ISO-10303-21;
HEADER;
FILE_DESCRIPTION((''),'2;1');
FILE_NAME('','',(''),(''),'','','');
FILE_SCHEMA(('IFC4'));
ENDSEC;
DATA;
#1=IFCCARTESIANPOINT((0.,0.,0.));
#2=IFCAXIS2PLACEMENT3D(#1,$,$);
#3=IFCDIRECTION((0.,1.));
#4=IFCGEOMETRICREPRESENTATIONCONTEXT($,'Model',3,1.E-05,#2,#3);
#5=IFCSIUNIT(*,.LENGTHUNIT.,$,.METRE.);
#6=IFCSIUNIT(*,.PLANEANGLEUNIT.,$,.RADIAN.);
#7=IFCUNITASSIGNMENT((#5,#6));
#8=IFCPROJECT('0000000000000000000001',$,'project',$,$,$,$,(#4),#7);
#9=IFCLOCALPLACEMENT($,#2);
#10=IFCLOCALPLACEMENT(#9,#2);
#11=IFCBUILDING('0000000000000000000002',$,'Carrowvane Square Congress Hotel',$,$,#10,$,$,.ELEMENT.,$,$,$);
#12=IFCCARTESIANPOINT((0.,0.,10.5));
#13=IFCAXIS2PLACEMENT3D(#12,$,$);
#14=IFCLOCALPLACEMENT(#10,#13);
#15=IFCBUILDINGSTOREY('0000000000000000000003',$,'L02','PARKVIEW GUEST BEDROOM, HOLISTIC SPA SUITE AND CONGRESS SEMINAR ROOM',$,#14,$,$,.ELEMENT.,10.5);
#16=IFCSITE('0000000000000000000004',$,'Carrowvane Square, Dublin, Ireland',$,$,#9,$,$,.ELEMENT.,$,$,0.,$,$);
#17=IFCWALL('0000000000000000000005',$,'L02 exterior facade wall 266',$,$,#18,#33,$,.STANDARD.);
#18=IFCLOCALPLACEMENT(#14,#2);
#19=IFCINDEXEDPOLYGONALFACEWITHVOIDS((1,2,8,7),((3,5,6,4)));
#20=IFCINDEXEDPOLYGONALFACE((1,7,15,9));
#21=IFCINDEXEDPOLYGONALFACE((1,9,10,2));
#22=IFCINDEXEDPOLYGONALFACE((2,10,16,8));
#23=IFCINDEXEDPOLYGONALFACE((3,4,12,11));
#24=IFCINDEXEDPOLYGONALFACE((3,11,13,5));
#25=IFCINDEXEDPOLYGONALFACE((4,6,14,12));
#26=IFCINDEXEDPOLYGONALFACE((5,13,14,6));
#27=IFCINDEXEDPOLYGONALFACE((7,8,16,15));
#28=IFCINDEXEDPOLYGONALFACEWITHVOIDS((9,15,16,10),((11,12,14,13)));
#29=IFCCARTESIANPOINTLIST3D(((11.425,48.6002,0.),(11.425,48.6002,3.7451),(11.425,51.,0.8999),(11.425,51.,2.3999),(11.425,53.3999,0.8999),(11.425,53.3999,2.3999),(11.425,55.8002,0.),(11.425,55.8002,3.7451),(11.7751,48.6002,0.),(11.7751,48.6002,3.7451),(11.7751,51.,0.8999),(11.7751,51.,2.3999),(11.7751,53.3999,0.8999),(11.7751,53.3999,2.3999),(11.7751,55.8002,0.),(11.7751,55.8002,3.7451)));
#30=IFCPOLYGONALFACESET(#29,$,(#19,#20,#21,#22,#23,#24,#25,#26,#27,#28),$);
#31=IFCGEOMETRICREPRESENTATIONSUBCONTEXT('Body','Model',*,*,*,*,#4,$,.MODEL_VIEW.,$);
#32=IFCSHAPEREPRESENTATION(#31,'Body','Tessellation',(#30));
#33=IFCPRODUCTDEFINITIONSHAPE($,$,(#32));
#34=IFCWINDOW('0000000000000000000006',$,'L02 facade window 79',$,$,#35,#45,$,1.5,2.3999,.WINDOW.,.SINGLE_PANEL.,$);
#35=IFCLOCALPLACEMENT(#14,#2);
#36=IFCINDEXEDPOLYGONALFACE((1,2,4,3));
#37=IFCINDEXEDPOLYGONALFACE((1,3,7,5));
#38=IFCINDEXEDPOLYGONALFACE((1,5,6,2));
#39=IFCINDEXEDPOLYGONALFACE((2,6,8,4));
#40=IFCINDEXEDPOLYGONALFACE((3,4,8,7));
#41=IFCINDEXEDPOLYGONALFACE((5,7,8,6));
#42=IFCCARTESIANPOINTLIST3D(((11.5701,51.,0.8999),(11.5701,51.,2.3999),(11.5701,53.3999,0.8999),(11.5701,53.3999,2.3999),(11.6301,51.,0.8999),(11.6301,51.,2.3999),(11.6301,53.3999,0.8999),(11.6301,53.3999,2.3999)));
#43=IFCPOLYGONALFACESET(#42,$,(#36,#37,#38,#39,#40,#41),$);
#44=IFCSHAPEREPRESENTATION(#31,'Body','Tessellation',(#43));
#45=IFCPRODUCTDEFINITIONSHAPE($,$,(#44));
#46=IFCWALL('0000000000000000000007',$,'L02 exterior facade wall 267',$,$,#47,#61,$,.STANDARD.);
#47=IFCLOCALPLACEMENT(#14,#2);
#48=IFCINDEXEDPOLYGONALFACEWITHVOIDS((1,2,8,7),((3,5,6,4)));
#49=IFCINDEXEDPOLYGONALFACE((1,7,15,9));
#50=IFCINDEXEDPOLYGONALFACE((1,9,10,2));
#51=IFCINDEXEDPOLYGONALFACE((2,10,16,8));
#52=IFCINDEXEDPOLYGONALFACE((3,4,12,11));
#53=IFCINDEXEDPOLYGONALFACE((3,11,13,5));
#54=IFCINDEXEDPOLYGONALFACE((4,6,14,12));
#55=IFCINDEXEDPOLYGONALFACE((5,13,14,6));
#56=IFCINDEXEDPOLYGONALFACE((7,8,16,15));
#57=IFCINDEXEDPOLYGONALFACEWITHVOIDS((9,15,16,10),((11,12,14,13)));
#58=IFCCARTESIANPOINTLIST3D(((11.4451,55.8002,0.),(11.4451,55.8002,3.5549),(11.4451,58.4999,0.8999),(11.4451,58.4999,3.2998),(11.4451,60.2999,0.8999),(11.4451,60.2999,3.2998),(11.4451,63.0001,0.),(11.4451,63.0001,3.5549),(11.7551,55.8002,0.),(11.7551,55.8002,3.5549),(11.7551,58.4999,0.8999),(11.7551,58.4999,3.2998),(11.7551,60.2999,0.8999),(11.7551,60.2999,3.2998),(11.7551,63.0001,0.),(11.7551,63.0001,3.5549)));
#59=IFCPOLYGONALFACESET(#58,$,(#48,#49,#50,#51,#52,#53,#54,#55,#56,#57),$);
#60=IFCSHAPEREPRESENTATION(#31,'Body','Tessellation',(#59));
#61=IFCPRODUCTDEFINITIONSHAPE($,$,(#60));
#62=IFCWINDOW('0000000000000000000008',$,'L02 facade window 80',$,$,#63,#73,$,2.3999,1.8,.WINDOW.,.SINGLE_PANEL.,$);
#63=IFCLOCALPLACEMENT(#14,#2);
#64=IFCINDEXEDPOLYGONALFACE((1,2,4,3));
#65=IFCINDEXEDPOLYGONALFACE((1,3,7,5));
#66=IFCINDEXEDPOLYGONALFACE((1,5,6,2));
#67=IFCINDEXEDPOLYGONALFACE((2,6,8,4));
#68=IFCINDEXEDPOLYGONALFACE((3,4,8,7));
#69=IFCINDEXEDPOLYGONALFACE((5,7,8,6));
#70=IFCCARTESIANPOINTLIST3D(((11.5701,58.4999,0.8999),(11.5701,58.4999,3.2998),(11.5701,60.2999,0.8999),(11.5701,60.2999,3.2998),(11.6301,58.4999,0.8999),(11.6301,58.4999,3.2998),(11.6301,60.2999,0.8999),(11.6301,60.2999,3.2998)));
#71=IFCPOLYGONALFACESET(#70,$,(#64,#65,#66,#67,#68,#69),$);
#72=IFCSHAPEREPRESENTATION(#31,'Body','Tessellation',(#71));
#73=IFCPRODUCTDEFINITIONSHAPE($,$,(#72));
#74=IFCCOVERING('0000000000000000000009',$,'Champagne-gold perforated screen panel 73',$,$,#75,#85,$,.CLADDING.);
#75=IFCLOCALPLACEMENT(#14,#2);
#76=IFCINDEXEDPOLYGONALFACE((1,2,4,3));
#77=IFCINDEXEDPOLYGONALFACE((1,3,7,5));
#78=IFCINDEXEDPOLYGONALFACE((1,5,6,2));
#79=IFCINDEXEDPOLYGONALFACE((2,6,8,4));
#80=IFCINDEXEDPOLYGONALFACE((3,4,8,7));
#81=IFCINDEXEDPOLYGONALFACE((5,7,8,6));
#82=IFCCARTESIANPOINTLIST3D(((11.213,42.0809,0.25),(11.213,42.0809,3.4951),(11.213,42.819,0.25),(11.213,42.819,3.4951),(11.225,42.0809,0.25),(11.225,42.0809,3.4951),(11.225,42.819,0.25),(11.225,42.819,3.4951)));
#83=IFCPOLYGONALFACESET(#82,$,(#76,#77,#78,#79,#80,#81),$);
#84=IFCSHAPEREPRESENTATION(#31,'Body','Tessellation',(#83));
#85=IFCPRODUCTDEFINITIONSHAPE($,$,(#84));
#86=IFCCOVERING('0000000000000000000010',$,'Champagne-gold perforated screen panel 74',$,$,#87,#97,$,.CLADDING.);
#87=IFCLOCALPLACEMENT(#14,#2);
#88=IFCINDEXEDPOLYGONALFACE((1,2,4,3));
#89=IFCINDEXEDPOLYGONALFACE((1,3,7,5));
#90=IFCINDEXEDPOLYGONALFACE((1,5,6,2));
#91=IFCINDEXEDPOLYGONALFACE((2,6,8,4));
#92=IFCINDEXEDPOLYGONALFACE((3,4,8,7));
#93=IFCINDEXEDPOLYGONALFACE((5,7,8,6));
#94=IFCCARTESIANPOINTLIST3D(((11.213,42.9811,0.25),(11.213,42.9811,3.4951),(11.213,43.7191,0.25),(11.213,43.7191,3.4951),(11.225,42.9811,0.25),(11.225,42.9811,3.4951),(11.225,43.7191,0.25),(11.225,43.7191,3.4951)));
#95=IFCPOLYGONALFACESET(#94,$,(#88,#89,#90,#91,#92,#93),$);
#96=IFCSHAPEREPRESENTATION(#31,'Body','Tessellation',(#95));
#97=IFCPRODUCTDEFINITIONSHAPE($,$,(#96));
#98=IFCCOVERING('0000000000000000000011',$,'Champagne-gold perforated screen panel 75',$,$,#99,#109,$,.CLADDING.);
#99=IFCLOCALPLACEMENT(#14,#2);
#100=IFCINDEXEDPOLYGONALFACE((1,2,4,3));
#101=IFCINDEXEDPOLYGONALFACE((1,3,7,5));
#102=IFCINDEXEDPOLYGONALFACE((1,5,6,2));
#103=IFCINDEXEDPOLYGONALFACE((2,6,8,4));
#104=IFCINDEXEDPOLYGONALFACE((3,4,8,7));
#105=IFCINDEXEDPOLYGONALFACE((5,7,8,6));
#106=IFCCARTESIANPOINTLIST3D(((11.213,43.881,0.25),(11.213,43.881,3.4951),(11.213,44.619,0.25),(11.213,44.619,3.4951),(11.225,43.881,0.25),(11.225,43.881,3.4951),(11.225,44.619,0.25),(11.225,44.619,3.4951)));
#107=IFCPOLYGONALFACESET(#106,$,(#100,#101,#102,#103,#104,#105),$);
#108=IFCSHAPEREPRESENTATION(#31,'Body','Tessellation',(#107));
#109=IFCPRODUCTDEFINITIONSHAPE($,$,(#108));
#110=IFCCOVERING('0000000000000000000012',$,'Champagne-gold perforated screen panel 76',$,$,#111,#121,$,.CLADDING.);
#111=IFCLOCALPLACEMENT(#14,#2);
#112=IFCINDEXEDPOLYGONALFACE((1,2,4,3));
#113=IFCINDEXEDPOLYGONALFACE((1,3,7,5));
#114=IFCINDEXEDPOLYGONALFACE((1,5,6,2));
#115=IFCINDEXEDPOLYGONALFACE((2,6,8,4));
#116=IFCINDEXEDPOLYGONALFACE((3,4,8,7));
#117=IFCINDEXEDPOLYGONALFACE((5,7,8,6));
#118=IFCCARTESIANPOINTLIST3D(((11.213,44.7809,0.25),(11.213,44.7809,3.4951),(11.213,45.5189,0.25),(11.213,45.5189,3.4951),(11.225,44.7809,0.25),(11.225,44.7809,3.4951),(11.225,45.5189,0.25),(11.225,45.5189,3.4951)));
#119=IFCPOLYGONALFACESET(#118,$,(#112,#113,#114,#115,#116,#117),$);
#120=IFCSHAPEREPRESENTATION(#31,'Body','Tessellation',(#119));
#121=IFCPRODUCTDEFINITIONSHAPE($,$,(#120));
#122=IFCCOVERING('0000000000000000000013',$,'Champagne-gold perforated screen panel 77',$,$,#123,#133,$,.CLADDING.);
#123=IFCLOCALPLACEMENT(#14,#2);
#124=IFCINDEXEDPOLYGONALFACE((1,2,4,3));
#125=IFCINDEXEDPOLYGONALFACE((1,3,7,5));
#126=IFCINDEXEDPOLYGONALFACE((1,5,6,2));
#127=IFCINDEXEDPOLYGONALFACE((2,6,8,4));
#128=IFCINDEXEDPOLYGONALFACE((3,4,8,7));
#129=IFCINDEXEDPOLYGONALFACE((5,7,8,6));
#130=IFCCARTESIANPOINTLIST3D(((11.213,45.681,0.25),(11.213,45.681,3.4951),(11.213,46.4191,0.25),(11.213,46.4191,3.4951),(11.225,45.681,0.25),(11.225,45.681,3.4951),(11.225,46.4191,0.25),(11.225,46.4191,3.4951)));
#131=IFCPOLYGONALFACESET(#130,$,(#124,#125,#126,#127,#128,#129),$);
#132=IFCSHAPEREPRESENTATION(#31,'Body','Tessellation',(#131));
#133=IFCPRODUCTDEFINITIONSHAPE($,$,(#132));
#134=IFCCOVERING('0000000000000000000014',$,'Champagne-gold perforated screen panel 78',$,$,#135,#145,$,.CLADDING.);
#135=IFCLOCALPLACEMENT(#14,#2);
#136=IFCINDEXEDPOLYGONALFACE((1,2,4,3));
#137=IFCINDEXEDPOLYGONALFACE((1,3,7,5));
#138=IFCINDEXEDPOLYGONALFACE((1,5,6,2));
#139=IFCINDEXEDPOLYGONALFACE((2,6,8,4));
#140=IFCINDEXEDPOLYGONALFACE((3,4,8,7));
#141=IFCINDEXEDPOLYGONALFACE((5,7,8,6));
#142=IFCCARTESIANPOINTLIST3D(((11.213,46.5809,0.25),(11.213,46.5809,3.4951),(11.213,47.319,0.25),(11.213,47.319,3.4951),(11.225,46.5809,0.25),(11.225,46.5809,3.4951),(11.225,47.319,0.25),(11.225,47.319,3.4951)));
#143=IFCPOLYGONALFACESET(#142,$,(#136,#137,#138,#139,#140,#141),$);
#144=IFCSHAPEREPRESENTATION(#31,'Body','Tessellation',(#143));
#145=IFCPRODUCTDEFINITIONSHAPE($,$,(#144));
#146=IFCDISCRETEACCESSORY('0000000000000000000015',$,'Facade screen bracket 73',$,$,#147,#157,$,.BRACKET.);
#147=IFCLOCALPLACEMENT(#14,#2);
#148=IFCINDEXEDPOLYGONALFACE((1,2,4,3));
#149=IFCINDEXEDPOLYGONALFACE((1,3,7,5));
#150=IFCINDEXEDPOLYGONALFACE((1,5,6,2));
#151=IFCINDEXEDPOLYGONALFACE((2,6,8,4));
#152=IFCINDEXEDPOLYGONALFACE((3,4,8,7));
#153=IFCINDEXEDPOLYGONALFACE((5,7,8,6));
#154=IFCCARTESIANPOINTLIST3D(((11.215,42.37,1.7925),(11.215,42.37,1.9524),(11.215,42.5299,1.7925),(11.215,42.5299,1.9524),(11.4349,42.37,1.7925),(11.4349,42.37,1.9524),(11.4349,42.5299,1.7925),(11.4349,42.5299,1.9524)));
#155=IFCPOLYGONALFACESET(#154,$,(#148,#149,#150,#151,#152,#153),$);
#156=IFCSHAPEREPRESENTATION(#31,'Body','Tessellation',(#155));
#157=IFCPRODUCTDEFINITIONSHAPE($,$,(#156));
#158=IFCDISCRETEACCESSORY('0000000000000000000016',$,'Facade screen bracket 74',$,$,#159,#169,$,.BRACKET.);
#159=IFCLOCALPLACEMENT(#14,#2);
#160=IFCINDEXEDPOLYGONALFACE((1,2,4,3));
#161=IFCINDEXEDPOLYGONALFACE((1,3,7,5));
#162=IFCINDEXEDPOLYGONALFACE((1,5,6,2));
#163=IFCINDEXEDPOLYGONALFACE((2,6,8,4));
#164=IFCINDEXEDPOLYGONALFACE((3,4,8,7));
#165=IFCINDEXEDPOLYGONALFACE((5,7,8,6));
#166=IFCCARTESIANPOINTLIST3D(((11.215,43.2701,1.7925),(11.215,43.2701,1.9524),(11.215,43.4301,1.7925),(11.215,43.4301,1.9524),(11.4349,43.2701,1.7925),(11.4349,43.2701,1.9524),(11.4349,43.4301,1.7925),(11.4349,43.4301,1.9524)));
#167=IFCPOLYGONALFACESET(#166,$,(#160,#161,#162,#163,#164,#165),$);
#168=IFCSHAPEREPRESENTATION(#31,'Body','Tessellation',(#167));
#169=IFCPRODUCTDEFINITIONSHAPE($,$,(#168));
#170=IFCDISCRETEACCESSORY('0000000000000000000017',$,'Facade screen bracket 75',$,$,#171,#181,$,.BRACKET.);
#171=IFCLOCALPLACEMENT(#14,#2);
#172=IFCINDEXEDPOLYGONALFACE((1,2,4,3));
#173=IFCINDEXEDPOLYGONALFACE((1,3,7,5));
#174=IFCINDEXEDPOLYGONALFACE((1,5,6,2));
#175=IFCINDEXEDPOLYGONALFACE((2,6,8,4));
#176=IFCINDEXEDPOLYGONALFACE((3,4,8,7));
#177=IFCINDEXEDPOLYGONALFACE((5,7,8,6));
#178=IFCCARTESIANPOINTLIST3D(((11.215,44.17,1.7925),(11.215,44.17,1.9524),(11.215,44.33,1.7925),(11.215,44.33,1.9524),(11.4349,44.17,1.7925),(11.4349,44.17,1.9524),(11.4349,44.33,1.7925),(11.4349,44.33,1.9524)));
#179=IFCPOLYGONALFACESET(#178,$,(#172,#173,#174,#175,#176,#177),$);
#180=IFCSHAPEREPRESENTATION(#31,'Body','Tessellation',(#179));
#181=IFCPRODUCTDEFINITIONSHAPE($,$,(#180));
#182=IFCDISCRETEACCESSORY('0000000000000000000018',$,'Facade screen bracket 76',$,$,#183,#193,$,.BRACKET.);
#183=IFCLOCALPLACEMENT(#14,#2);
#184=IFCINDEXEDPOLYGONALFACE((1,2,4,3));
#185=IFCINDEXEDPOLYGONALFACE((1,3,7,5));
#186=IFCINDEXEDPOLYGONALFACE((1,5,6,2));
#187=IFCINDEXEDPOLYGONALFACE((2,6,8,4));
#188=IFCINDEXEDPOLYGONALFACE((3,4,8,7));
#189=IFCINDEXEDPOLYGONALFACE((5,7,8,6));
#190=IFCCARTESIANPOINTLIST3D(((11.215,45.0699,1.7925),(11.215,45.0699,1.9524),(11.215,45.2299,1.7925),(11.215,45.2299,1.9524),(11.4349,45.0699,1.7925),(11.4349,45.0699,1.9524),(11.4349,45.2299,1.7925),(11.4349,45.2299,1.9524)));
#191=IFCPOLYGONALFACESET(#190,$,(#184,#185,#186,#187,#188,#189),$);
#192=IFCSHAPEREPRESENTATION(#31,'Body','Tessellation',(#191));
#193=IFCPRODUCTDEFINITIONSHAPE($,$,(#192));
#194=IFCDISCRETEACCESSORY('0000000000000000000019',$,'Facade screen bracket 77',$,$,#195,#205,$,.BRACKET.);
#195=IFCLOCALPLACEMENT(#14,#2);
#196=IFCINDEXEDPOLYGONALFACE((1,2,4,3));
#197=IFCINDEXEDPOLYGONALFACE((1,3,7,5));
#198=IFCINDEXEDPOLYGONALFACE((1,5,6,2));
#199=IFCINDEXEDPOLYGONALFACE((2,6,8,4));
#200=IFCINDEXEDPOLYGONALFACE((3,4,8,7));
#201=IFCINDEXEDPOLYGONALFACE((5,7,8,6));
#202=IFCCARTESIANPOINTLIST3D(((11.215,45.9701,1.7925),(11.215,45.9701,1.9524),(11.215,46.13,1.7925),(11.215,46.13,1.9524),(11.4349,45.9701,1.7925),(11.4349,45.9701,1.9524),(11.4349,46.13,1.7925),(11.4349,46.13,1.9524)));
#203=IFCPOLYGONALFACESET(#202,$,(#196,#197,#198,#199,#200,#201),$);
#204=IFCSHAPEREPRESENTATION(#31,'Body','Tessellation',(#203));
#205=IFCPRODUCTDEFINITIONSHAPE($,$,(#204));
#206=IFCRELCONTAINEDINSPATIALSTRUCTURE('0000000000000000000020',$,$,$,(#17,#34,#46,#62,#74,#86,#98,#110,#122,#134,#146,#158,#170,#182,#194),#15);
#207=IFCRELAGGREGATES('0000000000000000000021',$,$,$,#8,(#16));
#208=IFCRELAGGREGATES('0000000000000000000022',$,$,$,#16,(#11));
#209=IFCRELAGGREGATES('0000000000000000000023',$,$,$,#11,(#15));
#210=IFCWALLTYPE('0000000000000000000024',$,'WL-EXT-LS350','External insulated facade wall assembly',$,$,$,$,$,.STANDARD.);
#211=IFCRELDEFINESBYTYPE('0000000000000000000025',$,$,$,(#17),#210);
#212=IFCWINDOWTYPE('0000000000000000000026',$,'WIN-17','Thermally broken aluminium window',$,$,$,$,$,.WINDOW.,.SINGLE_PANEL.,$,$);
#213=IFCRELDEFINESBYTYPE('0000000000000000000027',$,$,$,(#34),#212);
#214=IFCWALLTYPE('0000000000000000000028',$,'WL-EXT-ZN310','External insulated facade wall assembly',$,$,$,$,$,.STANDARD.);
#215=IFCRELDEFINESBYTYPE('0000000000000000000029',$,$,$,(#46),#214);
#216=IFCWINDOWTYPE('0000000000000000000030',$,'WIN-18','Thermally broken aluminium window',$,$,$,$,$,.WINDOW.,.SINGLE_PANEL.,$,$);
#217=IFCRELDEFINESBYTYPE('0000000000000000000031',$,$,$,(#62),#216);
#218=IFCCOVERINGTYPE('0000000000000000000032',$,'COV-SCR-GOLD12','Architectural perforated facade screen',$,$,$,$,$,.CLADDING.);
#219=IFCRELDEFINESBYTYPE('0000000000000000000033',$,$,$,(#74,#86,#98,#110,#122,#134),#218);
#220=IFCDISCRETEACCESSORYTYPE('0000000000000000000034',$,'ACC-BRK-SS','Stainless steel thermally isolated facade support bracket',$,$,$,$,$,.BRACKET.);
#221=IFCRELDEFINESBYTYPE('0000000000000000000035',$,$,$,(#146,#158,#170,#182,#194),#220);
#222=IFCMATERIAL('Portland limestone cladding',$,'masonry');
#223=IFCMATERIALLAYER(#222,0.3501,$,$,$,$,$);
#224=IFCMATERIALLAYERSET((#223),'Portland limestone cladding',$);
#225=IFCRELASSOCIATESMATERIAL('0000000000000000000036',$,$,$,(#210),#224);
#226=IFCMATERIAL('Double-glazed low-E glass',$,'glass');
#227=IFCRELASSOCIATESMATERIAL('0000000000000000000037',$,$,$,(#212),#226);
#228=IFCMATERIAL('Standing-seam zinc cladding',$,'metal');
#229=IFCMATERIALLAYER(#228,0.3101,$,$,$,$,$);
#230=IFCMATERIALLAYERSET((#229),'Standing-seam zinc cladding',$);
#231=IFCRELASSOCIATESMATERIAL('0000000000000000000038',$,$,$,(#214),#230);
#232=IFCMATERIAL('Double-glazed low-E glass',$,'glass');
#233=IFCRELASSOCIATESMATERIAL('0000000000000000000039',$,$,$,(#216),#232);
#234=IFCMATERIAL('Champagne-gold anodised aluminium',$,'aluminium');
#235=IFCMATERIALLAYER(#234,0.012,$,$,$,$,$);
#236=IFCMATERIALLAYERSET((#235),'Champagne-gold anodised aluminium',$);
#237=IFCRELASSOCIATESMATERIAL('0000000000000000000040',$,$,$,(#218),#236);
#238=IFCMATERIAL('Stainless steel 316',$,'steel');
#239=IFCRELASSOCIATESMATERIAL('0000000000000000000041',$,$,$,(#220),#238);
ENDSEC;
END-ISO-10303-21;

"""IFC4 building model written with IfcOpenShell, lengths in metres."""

from ifc_helpers import new_model, si_unit, direction, frame, frame_2d, origin, origin_2d, place, context, subcontext, project, spatial, rectangle, extrude, material, layer, layer_set, type_object, element, fill, save


model = new_model("IFC4")

# Units and contexts
model_context = context("Model", 3, precision=1e-05, world=origin(), true_north=direction((0.0, 1.0)))
body_context = subcontext(model_context, "Body", "Model", "MODEL_VIEW")
ifc_project = project(units=[si_unit("LENGTHUNIT", "METRE"), si_unit("PLANEANGLEUNIT", "RADIAN")], contexts=[model_context])

# Site, building, storey
site_placement = place(None, origin())
site = spatial("IfcSite", under=ifc_project, at=site_placement, Name="Carrowvane Square, Dublin, Ireland", CompositionType="ELEMENT", RefElevation=0.0)
building_placement = place(site_placement, origin())
building = spatial("IfcBuilding", under=site, at=building_placement, Name="Carrowvane Square Congress Hotel", CompositionType="ELEMENT")
storey_placement = place(building_placement, frame((0.0, 0.0, 10.5)))
storey = spatial("IfcBuildingStorey", under=building, at=storey_placement, Name="L02", Description="PARKVIEW GUEST BEDROOM, HOLISTIC SPA SUITE AND CONGRESS SEMINAR ROOM", CompositionType="ELEMENT", Elevation=10.5)

# Walls, openings, windows
ifc_material_1 = material(Name="Portland limestone cladding", Category="masonry")
ifc_layer_1 = layer(ifc_material_1, 0.3501)
ifc_layer_set_1 = layer_set([ifc_layer_1], Name="Portland limestone cladding")
wall_type_1 = type_object("IfcWallType", Name="WL-EXT-LS350", Description="External insulated facade wall assembly", PredefinedType="STANDARD", material=ifc_layer_set_1)
wall_1_placement = place(storey_placement, frame((11.6001, 48.6001, 0.0), z_axis=(0.0, 0.0, 1.0), x_axis=(0.0, 1.0, 0.0)))
wall_1 = element("IfcWall", 1, at=wall_1_placement, inside=storey, type_object=wall_type_1, Name="L02 exterior facade wall 266", PredefinedType="STANDARD", context=body_context, shape_type="SweptSolid", body=[
    extrude(rectangle(XDim=7.2, YDim=0.3501, at=frame_2d((3.6001, 0.0))), origin(), (0.0, 0.0, 1.0), 3.7451),
])
opening_1_placement = place(wall_1_placement, frame((2.3999, 0.0, 0.8999)))
opening_1 = element("IfcOpeningElement", 2, at=opening_1_placement, cuts=wall_1, PredefinedType="OPENING", context=body_context, shape_type="SweptSolid", body=[
    extrude(rectangle(XDim=2.3999, YDim=1.5, at=frame_2d((1.2, 0.75))), frame((0.0, 0.1851, 0.0), z_axis=(0.0, -1.0, 0.0), x_axis=(1.0, 0.0, 0.0)), (0.0, 0.0, 1.0), 0.3701),
])
ifc_material_2 = material(Name="Double-glazed low-E glass", Category="glass")
window_type_1 = type_object("IfcWindowType", Name="WIN-17", Description="Thermally broken aluminium window", PartitioningType="SINGLE_PANEL", PredefinedType="WINDOW", material=ifc_material_2)
window_1_placement = place(opening_1_placement, origin())
window_1 = element("IfcWindow", 3, at=window_1_placement, inside=storey, type_object=window_type_1, Name="L02 facade window 79", OverallHeight=1.5, OverallWidth=2.3999, PartitioningType="SINGLE_PANEL", PredefinedType="WINDOW", context=body_context, shape_type="SweptSolid", body=[
    extrude(rectangle(XDim=2.3999, YDim=1.5, at=frame_2d((1.2, 0.75))), frame((0.0, 0.03, 0.0), z_axis=(0.0, -1.0, 0.0), x_axis=(1.0, 0.0, 0.0)), (0.0, 0.0, 1.0), 0.0601),
])
fill(opening_1, window_1)
ifc_material_3 = material(Name="Standing-seam zinc cladding", Category="metal")
ifc_layer_2 = layer(ifc_material_3, 0.3101)
ifc_layer_set_2 = layer_set([ifc_layer_2], Name="Standing-seam zinc cladding")
wall_type_2 = type_object("IfcWallType", Name="WL-EXT-ZN310", Description="External insulated facade wall assembly", PredefinedType="STANDARD", material=ifc_layer_set_2)
wall_2_placement = place(storey_placement, frame((11.6001, 55.8, 0.0), z_axis=(0.0, 0.0, 1.0), x_axis=(0.0, 1.0, 0.0)))
wall_2 = element("IfcWall", 4, at=wall_2_placement, inside=storey, type_object=wall_type_2, Name="L02 exterior facade wall 267", PredefinedType="STANDARD", context=body_context, shape_type="SweptSolid", body=[
    extrude(rectangle(XDim=7.2, YDim=0.3101, at=frame_2d((3.6001, 0.0))), origin(), (0.0, 0.0, 1.0), 3.5549),
])
opening_2_placement = place(wall_2_placement, frame((2.7, 0.0, 0.8999)))
opening_2 = element("IfcOpeningElement", 5, at=opening_2_placement, cuts=wall_2, PredefinedType="OPENING", context=body_context, shape_type="SweptSolid", body=[
    extrude(rectangle(XDim=1.8, YDim=2.3999, at=frame_2d((0.8999, 1.2))), frame((0.0, 0.165, 0.0), z_axis=(0.0, -1.0, 0.0), x_axis=(1.0, 0.0, 0.0)), (0.0, 0.0, 1.0), 0.3301),
])
ifc_material_4 = material(Name="Double-glazed low-E glass", Category="glass")
window_type_2 = type_object("IfcWindowType", Name="WIN-18", Description="Thermally broken aluminium window", PartitioningType="SINGLE_PANEL", PredefinedType="WINDOW", material=ifc_material_4)
window_2_placement = place(opening_2_placement, origin())
window_2 = element("IfcWindow", 6, at=window_2_placement, inside=storey, type_object=window_type_2, Name="L02 facade window 80", OverallHeight=2.3999, OverallWidth=1.8, PartitioningType="SINGLE_PANEL", PredefinedType="WINDOW", context=body_context, shape_type="SweptSolid", body=[
    extrude(rectangle(XDim=1.8, YDim=2.3999, at=frame_2d((0.8999, 1.2))), frame((0.0, 0.03, 0.0), z_axis=(0.0, -1.0, 0.0), x_axis=(1.0, 0.0, 0.0)), (0.0, 0.0, 1.0), 0.0601),
])
fill(opening_2, window_2)

# Coverings
ifc_material_5 = material(Name="Champagne-gold anodised aluminium", Category="aluminium")
ifc_layer_3 = layer(ifc_material_5, 0.012)
ifc_layer_set_3 = layer_set([ifc_layer_3], Name="Champagne-gold anodised aluminium")
covering_type = type_object("IfcCoveringType", Name="COV-SCR-GOLD12", Description="Architectural perforated facade screen", PredefinedType="CLADDING", material=ifc_layer_set_3)
for number, where, z_axis, x_axis, name in (
    (7, (11.219, 42.45, 0.25), (0.0, 0.0, 1.0), (0.0, 1.0, 0.0), "Champagne-gold perforated screen panel 73"),
    (8, (11.219, 43.3501, 0.25), (0.0, 0.0, 1.0), (0.0, 1.0, 0.0), "Champagne-gold perforated screen panel 74"),
    (9, (11.219, 44.25, 0.25), (0.0, 0.0, 1.0), (0.0, 1.0, 0.0), "Champagne-gold perforated screen panel 75"),
    (10, (11.219, 45.1499, 0.25), (0.0, 0.0, 1.0), (0.0, 1.0, 0.0), "Champagne-gold perforated screen panel 76"),
    (11, (11.219, 46.05, 0.25), (0.0, 0.0, 1.0), (0.0, 1.0, 0.0), "Champagne-gold perforated screen panel 77"),
    (12, (11.219, 46.95, 0.25), (0.0, 0.0, 1.0), (0.0, 1.0, 0.0), "Champagne-gold perforated screen panel 78"),
):
    element("IfcCovering", number, at=place(storey_placement, frame(where, z_axis=z_axis, x_axis=x_axis)), inside=storey, type_object=covering_type, Name=name, PredefinedType="CLADDING", context=body_context, shape_type="SweptSolid", body=[
        extrude(rectangle(XDim=0.738, YDim=0.012, at=origin_2d()), origin(), (0.0, 0.0, 1.0), 3.2451),
    ])

# Discrete accessories
ifc_material_6 = material(Name="Stainless steel 316", Category="steel")
discrete_accessory_type = type_object("IfcDiscreteAccessoryType", Name="ACC-BRK-SS", Description="Stainless steel thermally isolated facade support bracket", PredefinedType="BRACKET", material=ifc_material_6)
for number, where, z_axis, x_axis, name in (
    (13, (11.325, 42.45, 1.7925), (0.0, 0.0, 1.0), (0.0, 1.0, 0.0), "Facade screen bracket 73"),
    (14, (11.325, 43.3501, 1.7925), (0.0, 0.0, 1.0), (0.0, 1.0, 0.0), "Facade screen bracket 74"),
    (15, (11.325, 44.25, 1.7925), (0.0, 0.0, 1.0), (0.0, 1.0, 0.0), "Facade screen bracket 75"),
    (16, (11.325, 45.1499, 1.7925), (0.0, 0.0, 1.0), (0.0, 1.0, 0.0), "Facade screen bracket 76"),
    (17, (11.325, 46.05, 1.7925), (0.0, 0.0, 1.0), (0.0, 1.0, 0.0), "Facade screen bracket 77"),
):
    element("IfcDiscreteAccessory", number, at=place(storey_placement, frame(where, z_axis=z_axis, x_axis=x_axis)), inside=storey, type_object=discrete_accessory_type, Name=name, PredefinedType="BRACKET", context=body_context, shape_type="SweptSolid", body=[
        extrude(rectangle(XDim=0.1599, YDim=0.22, at=origin_2d()), origin(), (0.0, 0.0, 1.0), 0.1599),
    ])

save(model, "model.ifc")
